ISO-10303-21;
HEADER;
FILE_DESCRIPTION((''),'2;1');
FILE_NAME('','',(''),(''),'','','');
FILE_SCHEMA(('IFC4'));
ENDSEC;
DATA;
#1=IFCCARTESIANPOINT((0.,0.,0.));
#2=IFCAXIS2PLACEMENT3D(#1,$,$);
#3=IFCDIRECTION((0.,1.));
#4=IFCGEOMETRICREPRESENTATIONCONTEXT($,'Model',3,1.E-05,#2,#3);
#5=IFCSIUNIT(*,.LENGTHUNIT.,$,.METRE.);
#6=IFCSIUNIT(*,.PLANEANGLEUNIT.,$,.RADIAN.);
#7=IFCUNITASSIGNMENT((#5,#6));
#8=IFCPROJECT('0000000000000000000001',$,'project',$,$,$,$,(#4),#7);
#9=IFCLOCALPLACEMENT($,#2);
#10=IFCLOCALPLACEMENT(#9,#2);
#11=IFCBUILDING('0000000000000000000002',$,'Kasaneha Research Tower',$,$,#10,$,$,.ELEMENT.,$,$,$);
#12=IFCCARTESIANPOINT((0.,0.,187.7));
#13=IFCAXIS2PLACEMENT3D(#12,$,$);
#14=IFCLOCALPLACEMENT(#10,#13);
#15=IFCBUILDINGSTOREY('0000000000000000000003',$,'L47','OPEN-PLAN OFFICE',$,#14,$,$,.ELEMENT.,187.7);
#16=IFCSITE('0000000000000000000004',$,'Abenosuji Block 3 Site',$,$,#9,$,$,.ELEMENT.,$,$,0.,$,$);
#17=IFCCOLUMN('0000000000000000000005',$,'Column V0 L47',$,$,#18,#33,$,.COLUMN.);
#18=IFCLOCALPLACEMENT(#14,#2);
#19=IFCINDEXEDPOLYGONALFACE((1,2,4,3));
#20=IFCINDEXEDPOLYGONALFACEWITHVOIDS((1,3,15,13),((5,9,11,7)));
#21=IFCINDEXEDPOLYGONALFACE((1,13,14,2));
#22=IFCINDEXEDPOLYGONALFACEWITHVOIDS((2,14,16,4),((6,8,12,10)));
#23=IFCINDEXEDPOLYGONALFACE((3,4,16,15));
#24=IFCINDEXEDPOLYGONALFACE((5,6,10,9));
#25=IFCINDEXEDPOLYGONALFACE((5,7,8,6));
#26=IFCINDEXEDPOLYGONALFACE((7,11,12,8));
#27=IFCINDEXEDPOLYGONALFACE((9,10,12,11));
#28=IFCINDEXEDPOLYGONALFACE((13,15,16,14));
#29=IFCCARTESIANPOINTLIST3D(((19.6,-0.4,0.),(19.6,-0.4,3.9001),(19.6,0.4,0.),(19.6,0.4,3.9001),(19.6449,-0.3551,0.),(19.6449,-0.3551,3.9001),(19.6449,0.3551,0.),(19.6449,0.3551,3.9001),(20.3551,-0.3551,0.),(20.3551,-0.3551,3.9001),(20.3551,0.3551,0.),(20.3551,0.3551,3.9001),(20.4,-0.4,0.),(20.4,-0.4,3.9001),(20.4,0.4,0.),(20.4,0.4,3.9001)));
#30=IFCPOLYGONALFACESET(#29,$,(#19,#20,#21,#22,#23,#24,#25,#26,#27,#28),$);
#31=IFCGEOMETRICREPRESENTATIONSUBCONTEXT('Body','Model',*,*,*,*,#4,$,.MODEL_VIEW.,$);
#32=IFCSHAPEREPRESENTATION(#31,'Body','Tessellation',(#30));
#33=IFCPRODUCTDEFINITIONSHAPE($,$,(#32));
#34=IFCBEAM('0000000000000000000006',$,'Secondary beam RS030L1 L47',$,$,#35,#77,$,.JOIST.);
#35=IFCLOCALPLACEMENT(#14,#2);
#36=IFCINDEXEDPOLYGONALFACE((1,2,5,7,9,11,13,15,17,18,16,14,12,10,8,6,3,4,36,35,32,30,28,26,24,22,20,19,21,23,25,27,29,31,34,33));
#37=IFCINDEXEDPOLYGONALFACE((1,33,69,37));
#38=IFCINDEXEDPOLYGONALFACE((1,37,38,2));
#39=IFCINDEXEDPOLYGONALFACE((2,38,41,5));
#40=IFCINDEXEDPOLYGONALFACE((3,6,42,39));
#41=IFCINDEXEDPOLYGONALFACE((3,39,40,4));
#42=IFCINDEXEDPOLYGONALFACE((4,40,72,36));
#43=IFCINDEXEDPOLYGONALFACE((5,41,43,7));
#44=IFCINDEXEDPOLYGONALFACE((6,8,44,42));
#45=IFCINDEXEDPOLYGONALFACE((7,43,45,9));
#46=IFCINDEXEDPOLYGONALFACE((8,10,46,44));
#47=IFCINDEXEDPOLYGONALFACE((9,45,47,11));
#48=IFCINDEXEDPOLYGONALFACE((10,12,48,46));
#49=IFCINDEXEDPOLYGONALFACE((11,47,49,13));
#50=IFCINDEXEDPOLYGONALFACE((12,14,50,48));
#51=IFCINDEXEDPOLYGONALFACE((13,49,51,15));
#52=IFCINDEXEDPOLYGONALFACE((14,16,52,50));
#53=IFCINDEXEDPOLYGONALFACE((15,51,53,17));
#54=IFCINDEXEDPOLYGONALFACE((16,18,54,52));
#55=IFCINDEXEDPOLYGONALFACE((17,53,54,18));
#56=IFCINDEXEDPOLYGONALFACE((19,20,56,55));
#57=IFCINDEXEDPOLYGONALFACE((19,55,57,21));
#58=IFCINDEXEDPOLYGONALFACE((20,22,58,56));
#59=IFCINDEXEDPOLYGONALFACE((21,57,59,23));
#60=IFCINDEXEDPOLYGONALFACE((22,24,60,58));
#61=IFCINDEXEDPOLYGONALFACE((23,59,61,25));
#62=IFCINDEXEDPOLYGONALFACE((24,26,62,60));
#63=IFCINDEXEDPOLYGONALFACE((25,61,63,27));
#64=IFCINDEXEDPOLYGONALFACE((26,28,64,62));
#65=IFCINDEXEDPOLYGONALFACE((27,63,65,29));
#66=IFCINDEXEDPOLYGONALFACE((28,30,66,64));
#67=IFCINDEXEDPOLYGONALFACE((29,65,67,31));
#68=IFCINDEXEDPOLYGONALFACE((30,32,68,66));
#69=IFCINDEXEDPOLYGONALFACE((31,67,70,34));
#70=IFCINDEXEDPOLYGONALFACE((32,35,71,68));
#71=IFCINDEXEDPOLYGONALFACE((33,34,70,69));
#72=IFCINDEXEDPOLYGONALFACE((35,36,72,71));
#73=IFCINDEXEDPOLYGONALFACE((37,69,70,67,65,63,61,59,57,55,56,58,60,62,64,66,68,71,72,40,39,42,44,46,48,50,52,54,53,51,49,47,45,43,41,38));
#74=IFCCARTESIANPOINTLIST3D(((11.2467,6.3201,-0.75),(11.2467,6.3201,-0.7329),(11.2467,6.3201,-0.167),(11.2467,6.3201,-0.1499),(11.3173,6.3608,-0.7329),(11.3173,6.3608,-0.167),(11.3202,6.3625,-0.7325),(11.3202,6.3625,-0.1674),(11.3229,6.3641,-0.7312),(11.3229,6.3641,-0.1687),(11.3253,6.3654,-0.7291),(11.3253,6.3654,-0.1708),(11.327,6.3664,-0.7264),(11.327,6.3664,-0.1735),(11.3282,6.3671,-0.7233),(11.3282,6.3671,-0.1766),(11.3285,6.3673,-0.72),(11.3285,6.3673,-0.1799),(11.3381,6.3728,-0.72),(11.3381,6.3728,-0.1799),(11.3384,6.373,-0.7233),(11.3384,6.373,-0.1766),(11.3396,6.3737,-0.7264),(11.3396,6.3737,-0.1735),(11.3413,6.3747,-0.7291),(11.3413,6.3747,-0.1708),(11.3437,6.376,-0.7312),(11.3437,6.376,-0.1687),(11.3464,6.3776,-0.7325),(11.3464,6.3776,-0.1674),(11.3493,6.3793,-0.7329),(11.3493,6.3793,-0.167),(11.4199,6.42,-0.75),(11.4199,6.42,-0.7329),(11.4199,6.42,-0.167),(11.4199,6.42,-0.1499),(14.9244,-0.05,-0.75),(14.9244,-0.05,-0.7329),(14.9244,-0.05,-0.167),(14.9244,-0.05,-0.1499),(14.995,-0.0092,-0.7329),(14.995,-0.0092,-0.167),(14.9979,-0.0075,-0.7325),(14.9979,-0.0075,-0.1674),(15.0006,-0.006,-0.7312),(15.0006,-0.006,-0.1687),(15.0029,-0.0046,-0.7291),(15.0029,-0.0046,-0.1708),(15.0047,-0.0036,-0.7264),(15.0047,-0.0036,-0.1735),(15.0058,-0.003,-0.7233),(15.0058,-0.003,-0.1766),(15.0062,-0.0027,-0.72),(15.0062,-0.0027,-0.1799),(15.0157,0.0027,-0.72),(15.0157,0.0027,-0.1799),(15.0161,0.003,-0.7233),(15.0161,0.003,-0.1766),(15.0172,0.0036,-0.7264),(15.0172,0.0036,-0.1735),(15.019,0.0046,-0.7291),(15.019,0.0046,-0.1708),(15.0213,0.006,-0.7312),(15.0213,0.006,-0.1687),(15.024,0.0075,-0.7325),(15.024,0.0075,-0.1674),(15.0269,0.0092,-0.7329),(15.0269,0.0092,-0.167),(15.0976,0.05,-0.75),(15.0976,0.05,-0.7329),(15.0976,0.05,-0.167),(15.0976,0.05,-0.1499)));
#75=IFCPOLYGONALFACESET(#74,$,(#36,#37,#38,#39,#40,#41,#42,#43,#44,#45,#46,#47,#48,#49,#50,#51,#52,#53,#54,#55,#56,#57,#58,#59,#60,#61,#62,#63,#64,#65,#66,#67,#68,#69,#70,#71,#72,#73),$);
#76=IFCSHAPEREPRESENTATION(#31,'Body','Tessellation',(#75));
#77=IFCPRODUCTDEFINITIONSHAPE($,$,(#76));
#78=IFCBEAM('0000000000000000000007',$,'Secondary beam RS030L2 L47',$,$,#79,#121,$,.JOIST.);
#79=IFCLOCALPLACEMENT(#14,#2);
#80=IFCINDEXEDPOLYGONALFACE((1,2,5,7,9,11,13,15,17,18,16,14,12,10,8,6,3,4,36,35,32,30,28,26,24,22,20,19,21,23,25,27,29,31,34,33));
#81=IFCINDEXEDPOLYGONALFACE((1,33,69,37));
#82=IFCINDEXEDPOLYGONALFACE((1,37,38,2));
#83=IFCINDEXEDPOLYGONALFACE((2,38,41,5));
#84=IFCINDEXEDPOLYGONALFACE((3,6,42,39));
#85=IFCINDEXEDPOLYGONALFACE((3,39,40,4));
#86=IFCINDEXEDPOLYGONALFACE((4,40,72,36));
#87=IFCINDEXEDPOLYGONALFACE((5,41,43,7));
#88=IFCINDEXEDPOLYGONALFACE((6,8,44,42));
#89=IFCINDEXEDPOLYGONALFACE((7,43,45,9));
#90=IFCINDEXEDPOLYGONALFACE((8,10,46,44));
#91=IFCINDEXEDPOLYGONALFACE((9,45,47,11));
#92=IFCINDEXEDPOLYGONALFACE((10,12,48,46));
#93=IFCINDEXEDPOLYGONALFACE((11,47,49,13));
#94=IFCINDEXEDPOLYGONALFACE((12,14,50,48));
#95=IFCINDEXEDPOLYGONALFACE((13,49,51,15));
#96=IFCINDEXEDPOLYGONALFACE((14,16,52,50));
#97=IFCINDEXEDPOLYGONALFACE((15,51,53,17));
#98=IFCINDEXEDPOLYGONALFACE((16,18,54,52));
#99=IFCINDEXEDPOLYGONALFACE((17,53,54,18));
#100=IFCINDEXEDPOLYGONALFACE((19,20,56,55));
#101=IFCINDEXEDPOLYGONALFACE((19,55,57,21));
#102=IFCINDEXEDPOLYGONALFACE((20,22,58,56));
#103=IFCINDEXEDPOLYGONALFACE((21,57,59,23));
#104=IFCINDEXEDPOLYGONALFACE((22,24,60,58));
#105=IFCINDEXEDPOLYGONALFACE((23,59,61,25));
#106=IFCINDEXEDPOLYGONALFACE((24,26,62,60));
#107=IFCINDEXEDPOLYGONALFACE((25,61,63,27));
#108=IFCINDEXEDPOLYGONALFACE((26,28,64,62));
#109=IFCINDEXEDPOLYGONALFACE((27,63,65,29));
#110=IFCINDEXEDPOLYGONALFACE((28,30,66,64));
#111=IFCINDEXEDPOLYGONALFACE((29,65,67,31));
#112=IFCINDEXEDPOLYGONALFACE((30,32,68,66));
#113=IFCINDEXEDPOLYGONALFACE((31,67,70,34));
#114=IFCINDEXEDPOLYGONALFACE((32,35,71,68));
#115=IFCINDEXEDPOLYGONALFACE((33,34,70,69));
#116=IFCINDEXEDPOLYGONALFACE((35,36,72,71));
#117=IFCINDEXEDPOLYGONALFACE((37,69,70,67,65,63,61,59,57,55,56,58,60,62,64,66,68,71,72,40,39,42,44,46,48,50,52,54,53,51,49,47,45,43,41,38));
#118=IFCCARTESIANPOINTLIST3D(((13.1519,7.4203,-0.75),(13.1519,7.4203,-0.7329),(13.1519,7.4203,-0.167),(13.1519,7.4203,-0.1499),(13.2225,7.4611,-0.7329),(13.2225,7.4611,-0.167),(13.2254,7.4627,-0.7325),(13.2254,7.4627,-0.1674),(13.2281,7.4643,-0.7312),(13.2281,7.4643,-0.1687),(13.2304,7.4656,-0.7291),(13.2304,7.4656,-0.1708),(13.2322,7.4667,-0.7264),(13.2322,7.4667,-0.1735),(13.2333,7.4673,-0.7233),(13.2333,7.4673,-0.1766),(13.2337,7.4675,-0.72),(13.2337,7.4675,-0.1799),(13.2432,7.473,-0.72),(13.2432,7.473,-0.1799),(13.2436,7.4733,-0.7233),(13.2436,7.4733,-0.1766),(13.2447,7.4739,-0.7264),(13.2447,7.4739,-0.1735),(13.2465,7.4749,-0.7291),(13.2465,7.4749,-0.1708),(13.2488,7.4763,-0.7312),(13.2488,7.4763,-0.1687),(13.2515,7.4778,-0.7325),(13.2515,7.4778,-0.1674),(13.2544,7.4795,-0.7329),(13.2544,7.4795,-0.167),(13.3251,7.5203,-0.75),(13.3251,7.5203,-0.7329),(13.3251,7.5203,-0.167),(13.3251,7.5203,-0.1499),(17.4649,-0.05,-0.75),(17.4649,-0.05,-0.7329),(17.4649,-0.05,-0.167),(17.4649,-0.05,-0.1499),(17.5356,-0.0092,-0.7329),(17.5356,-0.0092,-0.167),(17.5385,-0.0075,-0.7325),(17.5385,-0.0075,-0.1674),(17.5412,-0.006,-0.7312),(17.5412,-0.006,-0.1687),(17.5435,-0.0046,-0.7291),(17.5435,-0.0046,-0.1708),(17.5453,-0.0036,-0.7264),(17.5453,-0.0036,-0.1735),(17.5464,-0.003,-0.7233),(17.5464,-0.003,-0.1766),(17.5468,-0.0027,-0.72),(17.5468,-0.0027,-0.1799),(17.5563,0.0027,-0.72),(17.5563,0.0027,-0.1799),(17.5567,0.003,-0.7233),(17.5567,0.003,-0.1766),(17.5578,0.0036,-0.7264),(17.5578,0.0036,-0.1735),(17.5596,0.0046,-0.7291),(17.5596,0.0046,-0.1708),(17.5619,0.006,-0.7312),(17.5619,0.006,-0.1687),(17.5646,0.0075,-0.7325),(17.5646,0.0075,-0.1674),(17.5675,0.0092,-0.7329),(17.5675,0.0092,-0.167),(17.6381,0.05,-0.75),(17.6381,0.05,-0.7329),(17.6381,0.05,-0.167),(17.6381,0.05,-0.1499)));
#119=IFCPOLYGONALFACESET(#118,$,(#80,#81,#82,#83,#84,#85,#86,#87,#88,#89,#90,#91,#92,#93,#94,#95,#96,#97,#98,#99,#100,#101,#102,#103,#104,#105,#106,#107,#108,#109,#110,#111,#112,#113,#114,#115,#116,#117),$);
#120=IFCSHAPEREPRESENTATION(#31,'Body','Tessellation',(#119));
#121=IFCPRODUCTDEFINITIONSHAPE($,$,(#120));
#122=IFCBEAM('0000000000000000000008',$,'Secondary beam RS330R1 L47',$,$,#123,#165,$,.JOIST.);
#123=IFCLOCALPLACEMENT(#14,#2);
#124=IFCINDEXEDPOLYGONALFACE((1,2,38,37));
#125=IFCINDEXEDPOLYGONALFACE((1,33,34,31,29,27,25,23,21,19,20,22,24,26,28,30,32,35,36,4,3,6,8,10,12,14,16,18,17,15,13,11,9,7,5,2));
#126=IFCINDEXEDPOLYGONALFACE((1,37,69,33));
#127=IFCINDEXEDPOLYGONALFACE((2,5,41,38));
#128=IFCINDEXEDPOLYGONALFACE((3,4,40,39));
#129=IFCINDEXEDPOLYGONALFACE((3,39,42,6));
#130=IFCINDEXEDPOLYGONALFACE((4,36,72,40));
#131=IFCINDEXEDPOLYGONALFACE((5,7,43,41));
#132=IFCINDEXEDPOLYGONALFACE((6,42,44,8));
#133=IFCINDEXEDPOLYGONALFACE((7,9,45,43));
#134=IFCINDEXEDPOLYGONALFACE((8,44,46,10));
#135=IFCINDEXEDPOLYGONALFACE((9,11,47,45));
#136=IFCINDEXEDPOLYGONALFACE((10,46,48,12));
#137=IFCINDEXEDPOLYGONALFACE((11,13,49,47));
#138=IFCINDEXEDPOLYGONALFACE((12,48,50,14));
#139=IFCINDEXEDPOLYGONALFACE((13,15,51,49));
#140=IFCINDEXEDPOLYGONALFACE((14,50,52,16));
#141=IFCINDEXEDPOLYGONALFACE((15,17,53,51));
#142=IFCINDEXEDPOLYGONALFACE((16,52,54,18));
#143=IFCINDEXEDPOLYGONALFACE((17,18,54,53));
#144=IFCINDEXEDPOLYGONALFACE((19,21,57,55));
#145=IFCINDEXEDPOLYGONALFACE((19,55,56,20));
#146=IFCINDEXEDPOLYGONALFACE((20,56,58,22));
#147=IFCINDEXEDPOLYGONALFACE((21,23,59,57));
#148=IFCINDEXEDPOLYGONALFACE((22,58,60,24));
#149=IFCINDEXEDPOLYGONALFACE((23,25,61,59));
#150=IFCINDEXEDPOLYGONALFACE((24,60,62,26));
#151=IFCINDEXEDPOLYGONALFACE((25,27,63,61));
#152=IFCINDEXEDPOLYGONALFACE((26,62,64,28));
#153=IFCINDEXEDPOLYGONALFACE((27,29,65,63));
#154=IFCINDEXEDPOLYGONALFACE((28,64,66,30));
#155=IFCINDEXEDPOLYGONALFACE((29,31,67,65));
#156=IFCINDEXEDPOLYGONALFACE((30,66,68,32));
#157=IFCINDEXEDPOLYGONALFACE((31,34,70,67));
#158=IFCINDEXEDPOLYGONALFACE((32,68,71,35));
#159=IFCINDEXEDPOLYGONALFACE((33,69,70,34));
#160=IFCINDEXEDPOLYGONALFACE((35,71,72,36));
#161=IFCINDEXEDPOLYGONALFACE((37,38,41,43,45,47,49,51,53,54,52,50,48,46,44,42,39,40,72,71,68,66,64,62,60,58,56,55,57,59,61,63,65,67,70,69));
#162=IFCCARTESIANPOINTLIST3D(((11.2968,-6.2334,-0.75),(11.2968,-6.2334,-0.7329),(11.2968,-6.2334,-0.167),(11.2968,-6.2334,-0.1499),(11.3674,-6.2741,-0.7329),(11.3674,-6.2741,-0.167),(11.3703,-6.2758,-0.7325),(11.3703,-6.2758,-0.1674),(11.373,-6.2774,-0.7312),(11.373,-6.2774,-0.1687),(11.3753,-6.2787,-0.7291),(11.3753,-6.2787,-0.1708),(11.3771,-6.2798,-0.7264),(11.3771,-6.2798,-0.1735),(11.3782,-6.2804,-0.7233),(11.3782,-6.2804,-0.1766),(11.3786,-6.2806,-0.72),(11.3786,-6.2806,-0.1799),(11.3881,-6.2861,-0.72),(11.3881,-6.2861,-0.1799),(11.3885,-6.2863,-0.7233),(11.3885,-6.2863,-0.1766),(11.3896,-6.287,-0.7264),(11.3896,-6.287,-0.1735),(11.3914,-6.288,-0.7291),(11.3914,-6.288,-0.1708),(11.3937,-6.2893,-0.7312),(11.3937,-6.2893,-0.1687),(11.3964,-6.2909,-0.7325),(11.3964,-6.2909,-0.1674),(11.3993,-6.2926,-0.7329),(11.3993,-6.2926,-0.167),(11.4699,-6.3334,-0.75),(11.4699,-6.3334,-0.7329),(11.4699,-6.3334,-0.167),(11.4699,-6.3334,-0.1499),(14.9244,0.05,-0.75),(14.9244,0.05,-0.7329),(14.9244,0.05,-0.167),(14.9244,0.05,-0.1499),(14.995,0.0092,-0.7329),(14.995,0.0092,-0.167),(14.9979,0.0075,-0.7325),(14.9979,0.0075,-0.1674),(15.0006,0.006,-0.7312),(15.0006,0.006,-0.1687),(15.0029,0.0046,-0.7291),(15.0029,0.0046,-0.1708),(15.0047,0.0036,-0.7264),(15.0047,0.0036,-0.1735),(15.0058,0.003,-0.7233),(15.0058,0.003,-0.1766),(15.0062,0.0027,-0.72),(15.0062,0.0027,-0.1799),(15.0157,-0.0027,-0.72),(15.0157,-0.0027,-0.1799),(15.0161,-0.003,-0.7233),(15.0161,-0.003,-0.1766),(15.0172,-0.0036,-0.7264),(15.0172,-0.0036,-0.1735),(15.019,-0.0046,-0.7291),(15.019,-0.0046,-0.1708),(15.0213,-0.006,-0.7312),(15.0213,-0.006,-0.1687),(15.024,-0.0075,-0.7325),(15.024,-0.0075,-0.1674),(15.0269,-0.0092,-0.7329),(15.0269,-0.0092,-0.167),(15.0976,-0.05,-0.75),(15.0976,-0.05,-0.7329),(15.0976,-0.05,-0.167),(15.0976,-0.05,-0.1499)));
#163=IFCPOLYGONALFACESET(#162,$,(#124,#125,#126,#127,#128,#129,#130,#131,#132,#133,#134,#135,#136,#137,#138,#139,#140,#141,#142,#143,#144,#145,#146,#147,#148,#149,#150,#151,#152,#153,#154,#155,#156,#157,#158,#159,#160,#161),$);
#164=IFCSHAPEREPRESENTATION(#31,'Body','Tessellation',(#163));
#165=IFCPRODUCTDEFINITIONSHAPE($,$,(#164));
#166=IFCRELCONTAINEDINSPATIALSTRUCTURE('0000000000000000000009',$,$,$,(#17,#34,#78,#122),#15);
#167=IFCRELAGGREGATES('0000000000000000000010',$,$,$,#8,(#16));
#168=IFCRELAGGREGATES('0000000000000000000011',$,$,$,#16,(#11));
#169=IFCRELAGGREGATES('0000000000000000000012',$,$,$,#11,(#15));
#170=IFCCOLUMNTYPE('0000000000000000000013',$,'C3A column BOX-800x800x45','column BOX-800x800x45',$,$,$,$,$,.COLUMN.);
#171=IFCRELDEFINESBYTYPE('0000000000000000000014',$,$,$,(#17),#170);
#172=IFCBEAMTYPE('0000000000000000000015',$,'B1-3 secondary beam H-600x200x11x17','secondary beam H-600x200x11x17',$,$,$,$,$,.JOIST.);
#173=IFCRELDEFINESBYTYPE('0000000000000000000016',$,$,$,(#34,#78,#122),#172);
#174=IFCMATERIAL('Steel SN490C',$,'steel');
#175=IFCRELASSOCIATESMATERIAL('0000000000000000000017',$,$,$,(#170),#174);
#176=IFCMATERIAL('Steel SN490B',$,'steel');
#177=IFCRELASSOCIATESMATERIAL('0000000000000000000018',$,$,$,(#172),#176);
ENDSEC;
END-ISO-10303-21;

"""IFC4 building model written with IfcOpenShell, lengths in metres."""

from ifc_helpers import new_model, si_unit, direction, frame, origin, origin_2d, place, context, subcontext, project, spatial, hollow_rectangle, i_section, extrude, material, material_profile, profile_set, type_object, element, save


model = new_model("IFC4")

# Units and contexts
model_context = context("Model", 3, precision=1e-05, world=origin(), true_north=direction((0.0, 1.0)))
body_context = subcontext(model_context, "Body", "Model", "MODEL_VIEW")
ifc_project = project(units=[si_unit("LENGTHUNIT", "METRE"), si_unit("PLANEANGLEUNIT", "RADIAN")], contexts=[model_context])

# Site, building, storey
site_placement = place(None, origin())
site = spatial("IfcSite", under=ifc_project, at=site_placement, Name="Abenosuji Block 3 Site", CompositionType="ELEMENT", RefElevation=0.0)
building_placement = place(site_placement, origin())
building = spatial("IfcBuilding", under=site, at=building_placement, Name="Kasaneha Research Tower", CompositionType="ELEMENT")
storey_placement = place(building_placement, frame((0.0, 0.0, 187.7)))
storey = spatial("IfcBuildingStorey", under=building, at=storey_placement, Name="L47", Description="OPEN-PLAN OFFICE", CompositionType="ELEMENT", Elevation=187.7)

# Column
ifc_material_1 = material(Name="Steel SN490C", Category="steel")
ifc_material_profile_1 = material_profile(ifc_material_1, hollow_rectangle(XDim=0.8, YDim=0.8, WallThickness=0.0449, at=origin_2d()), Name="BOX-800x800x45")
ifc_profile_set_1 = profile_set([ifc_material_profile_1], Name="Steel SN490C")
column_type = type_object("IfcColumnType", Name="C3A column BOX-800x800x45", Description="column BOX-800x800x45", PredefinedType="COLUMN", material=ifc_profile_set_1)
column_placement = place(storey_placement, frame((20.0, 0.0, 0.0), z_axis=(0.0, 0.0, 1.0), x_axis=(1.0, 0.0, 0.0)))
element("IfcColumn", 1, at=column_placement, inside=storey, type_object=column_type, Name="Column V0 L47", PredefinedType="COLUMN", context=body_context, shape_type="SweptSolid", body=[
    extrude(hollow_rectangle(XDim=0.8, YDim=0.8, WallThickness=0.0449, at=origin_2d()), origin(), (0.0, 0.0, 1.0), 3.9001),
])

# Beams
ifc_material_2 = material(Name="Steel SN490B", Category="steel")
ifc_material_profile_2 = material_profile(ifc_material_2, i_section(OverallWidth=0.2, OverallDepth=0.6001, WebThickness=0.011, FlangeThickness=0.0171, FilletRadius=0.0129, at=origin_2d()), Name="H-600x200x11x17")
ifc_profile_set_2 = profile_set([ifc_material_profile_2], Name="Steel SN490B")
beam_type_1 = type_object("IfcBeamType", Name="B1-3 secondary beam H-600x200x11x17", Description="secondary beam H-600x200x11x17", PredefinedType="JOIST", material=ifc_profile_set_2)
beam_1_placement = place(storey_placement, frame((15.011, 0.0, -0.45), z_axis=(-0.499994, 0.866029, 0.0), x_axis=(-0.866029, -0.499994, 0.0)))
element("IfcBeam", 2, at=beam_1_placement, inside=storey, type_object=beam_type_1, Name="Secondary beam RS030L1 L47", PredefinedType="JOIST", context=body_context, shape_type="SweptSolid", body=[
    extrude(i_section(OverallWidth=0.2, OverallDepth=0.6001, WebThickness=0.011, FlangeThickness=0.0171, FilletRadius=0.0129, at=origin_2d()), origin(), (0.0, 0.0, 1.0), 7.3555),
])
beam_2_placement = place(storey_placement, frame((17.5515, 0.0, -0.45), z_axis=(-0.500005, 0.866023, 0.0), x_axis=(-0.866023, -0.500005, 0.0)))
element("IfcBeam", 3, at=beam_2_placement, inside=storey, type_object=beam_type_1, Name="Secondary beam RS030L2 L47", PredefinedType="JOIST", context=body_context, shape_type="SweptSolid", body=[
    extrude(i_section(OverallWidth=0.2, OverallDepth=0.6001, WebThickness=0.011, FlangeThickness=0.0171, FilletRadius=0.0129, at=origin_2d()), origin(), (0.0, 0.0, 1.0), 8.626),
])
beam_3_placement = place(storey_placement, frame((15.011, 0.0, -0.45), z_axis=(-0.499993, -0.866029, 0.0), x_axis=(0.866029, -0.499993, 0.0)))
element("IfcBeam", 4, at=beam_3_placement, inside=storey, type_object=beam_type_1, Name="Secondary beam RS330R1 L47", PredefinedType="JOIST", context=body_context, shape_type="SweptSolid", body=[
    extrude(i_section(OverallWidth=0.2, OverallDepth=0.6001, WebThickness=0.011, FlangeThickness=0.0171, FilletRadius=0.0129, at=origin_2d()), origin(), (0.0, 0.0, 1.0), 7.2554),
])

save(model, "model.ifc")
